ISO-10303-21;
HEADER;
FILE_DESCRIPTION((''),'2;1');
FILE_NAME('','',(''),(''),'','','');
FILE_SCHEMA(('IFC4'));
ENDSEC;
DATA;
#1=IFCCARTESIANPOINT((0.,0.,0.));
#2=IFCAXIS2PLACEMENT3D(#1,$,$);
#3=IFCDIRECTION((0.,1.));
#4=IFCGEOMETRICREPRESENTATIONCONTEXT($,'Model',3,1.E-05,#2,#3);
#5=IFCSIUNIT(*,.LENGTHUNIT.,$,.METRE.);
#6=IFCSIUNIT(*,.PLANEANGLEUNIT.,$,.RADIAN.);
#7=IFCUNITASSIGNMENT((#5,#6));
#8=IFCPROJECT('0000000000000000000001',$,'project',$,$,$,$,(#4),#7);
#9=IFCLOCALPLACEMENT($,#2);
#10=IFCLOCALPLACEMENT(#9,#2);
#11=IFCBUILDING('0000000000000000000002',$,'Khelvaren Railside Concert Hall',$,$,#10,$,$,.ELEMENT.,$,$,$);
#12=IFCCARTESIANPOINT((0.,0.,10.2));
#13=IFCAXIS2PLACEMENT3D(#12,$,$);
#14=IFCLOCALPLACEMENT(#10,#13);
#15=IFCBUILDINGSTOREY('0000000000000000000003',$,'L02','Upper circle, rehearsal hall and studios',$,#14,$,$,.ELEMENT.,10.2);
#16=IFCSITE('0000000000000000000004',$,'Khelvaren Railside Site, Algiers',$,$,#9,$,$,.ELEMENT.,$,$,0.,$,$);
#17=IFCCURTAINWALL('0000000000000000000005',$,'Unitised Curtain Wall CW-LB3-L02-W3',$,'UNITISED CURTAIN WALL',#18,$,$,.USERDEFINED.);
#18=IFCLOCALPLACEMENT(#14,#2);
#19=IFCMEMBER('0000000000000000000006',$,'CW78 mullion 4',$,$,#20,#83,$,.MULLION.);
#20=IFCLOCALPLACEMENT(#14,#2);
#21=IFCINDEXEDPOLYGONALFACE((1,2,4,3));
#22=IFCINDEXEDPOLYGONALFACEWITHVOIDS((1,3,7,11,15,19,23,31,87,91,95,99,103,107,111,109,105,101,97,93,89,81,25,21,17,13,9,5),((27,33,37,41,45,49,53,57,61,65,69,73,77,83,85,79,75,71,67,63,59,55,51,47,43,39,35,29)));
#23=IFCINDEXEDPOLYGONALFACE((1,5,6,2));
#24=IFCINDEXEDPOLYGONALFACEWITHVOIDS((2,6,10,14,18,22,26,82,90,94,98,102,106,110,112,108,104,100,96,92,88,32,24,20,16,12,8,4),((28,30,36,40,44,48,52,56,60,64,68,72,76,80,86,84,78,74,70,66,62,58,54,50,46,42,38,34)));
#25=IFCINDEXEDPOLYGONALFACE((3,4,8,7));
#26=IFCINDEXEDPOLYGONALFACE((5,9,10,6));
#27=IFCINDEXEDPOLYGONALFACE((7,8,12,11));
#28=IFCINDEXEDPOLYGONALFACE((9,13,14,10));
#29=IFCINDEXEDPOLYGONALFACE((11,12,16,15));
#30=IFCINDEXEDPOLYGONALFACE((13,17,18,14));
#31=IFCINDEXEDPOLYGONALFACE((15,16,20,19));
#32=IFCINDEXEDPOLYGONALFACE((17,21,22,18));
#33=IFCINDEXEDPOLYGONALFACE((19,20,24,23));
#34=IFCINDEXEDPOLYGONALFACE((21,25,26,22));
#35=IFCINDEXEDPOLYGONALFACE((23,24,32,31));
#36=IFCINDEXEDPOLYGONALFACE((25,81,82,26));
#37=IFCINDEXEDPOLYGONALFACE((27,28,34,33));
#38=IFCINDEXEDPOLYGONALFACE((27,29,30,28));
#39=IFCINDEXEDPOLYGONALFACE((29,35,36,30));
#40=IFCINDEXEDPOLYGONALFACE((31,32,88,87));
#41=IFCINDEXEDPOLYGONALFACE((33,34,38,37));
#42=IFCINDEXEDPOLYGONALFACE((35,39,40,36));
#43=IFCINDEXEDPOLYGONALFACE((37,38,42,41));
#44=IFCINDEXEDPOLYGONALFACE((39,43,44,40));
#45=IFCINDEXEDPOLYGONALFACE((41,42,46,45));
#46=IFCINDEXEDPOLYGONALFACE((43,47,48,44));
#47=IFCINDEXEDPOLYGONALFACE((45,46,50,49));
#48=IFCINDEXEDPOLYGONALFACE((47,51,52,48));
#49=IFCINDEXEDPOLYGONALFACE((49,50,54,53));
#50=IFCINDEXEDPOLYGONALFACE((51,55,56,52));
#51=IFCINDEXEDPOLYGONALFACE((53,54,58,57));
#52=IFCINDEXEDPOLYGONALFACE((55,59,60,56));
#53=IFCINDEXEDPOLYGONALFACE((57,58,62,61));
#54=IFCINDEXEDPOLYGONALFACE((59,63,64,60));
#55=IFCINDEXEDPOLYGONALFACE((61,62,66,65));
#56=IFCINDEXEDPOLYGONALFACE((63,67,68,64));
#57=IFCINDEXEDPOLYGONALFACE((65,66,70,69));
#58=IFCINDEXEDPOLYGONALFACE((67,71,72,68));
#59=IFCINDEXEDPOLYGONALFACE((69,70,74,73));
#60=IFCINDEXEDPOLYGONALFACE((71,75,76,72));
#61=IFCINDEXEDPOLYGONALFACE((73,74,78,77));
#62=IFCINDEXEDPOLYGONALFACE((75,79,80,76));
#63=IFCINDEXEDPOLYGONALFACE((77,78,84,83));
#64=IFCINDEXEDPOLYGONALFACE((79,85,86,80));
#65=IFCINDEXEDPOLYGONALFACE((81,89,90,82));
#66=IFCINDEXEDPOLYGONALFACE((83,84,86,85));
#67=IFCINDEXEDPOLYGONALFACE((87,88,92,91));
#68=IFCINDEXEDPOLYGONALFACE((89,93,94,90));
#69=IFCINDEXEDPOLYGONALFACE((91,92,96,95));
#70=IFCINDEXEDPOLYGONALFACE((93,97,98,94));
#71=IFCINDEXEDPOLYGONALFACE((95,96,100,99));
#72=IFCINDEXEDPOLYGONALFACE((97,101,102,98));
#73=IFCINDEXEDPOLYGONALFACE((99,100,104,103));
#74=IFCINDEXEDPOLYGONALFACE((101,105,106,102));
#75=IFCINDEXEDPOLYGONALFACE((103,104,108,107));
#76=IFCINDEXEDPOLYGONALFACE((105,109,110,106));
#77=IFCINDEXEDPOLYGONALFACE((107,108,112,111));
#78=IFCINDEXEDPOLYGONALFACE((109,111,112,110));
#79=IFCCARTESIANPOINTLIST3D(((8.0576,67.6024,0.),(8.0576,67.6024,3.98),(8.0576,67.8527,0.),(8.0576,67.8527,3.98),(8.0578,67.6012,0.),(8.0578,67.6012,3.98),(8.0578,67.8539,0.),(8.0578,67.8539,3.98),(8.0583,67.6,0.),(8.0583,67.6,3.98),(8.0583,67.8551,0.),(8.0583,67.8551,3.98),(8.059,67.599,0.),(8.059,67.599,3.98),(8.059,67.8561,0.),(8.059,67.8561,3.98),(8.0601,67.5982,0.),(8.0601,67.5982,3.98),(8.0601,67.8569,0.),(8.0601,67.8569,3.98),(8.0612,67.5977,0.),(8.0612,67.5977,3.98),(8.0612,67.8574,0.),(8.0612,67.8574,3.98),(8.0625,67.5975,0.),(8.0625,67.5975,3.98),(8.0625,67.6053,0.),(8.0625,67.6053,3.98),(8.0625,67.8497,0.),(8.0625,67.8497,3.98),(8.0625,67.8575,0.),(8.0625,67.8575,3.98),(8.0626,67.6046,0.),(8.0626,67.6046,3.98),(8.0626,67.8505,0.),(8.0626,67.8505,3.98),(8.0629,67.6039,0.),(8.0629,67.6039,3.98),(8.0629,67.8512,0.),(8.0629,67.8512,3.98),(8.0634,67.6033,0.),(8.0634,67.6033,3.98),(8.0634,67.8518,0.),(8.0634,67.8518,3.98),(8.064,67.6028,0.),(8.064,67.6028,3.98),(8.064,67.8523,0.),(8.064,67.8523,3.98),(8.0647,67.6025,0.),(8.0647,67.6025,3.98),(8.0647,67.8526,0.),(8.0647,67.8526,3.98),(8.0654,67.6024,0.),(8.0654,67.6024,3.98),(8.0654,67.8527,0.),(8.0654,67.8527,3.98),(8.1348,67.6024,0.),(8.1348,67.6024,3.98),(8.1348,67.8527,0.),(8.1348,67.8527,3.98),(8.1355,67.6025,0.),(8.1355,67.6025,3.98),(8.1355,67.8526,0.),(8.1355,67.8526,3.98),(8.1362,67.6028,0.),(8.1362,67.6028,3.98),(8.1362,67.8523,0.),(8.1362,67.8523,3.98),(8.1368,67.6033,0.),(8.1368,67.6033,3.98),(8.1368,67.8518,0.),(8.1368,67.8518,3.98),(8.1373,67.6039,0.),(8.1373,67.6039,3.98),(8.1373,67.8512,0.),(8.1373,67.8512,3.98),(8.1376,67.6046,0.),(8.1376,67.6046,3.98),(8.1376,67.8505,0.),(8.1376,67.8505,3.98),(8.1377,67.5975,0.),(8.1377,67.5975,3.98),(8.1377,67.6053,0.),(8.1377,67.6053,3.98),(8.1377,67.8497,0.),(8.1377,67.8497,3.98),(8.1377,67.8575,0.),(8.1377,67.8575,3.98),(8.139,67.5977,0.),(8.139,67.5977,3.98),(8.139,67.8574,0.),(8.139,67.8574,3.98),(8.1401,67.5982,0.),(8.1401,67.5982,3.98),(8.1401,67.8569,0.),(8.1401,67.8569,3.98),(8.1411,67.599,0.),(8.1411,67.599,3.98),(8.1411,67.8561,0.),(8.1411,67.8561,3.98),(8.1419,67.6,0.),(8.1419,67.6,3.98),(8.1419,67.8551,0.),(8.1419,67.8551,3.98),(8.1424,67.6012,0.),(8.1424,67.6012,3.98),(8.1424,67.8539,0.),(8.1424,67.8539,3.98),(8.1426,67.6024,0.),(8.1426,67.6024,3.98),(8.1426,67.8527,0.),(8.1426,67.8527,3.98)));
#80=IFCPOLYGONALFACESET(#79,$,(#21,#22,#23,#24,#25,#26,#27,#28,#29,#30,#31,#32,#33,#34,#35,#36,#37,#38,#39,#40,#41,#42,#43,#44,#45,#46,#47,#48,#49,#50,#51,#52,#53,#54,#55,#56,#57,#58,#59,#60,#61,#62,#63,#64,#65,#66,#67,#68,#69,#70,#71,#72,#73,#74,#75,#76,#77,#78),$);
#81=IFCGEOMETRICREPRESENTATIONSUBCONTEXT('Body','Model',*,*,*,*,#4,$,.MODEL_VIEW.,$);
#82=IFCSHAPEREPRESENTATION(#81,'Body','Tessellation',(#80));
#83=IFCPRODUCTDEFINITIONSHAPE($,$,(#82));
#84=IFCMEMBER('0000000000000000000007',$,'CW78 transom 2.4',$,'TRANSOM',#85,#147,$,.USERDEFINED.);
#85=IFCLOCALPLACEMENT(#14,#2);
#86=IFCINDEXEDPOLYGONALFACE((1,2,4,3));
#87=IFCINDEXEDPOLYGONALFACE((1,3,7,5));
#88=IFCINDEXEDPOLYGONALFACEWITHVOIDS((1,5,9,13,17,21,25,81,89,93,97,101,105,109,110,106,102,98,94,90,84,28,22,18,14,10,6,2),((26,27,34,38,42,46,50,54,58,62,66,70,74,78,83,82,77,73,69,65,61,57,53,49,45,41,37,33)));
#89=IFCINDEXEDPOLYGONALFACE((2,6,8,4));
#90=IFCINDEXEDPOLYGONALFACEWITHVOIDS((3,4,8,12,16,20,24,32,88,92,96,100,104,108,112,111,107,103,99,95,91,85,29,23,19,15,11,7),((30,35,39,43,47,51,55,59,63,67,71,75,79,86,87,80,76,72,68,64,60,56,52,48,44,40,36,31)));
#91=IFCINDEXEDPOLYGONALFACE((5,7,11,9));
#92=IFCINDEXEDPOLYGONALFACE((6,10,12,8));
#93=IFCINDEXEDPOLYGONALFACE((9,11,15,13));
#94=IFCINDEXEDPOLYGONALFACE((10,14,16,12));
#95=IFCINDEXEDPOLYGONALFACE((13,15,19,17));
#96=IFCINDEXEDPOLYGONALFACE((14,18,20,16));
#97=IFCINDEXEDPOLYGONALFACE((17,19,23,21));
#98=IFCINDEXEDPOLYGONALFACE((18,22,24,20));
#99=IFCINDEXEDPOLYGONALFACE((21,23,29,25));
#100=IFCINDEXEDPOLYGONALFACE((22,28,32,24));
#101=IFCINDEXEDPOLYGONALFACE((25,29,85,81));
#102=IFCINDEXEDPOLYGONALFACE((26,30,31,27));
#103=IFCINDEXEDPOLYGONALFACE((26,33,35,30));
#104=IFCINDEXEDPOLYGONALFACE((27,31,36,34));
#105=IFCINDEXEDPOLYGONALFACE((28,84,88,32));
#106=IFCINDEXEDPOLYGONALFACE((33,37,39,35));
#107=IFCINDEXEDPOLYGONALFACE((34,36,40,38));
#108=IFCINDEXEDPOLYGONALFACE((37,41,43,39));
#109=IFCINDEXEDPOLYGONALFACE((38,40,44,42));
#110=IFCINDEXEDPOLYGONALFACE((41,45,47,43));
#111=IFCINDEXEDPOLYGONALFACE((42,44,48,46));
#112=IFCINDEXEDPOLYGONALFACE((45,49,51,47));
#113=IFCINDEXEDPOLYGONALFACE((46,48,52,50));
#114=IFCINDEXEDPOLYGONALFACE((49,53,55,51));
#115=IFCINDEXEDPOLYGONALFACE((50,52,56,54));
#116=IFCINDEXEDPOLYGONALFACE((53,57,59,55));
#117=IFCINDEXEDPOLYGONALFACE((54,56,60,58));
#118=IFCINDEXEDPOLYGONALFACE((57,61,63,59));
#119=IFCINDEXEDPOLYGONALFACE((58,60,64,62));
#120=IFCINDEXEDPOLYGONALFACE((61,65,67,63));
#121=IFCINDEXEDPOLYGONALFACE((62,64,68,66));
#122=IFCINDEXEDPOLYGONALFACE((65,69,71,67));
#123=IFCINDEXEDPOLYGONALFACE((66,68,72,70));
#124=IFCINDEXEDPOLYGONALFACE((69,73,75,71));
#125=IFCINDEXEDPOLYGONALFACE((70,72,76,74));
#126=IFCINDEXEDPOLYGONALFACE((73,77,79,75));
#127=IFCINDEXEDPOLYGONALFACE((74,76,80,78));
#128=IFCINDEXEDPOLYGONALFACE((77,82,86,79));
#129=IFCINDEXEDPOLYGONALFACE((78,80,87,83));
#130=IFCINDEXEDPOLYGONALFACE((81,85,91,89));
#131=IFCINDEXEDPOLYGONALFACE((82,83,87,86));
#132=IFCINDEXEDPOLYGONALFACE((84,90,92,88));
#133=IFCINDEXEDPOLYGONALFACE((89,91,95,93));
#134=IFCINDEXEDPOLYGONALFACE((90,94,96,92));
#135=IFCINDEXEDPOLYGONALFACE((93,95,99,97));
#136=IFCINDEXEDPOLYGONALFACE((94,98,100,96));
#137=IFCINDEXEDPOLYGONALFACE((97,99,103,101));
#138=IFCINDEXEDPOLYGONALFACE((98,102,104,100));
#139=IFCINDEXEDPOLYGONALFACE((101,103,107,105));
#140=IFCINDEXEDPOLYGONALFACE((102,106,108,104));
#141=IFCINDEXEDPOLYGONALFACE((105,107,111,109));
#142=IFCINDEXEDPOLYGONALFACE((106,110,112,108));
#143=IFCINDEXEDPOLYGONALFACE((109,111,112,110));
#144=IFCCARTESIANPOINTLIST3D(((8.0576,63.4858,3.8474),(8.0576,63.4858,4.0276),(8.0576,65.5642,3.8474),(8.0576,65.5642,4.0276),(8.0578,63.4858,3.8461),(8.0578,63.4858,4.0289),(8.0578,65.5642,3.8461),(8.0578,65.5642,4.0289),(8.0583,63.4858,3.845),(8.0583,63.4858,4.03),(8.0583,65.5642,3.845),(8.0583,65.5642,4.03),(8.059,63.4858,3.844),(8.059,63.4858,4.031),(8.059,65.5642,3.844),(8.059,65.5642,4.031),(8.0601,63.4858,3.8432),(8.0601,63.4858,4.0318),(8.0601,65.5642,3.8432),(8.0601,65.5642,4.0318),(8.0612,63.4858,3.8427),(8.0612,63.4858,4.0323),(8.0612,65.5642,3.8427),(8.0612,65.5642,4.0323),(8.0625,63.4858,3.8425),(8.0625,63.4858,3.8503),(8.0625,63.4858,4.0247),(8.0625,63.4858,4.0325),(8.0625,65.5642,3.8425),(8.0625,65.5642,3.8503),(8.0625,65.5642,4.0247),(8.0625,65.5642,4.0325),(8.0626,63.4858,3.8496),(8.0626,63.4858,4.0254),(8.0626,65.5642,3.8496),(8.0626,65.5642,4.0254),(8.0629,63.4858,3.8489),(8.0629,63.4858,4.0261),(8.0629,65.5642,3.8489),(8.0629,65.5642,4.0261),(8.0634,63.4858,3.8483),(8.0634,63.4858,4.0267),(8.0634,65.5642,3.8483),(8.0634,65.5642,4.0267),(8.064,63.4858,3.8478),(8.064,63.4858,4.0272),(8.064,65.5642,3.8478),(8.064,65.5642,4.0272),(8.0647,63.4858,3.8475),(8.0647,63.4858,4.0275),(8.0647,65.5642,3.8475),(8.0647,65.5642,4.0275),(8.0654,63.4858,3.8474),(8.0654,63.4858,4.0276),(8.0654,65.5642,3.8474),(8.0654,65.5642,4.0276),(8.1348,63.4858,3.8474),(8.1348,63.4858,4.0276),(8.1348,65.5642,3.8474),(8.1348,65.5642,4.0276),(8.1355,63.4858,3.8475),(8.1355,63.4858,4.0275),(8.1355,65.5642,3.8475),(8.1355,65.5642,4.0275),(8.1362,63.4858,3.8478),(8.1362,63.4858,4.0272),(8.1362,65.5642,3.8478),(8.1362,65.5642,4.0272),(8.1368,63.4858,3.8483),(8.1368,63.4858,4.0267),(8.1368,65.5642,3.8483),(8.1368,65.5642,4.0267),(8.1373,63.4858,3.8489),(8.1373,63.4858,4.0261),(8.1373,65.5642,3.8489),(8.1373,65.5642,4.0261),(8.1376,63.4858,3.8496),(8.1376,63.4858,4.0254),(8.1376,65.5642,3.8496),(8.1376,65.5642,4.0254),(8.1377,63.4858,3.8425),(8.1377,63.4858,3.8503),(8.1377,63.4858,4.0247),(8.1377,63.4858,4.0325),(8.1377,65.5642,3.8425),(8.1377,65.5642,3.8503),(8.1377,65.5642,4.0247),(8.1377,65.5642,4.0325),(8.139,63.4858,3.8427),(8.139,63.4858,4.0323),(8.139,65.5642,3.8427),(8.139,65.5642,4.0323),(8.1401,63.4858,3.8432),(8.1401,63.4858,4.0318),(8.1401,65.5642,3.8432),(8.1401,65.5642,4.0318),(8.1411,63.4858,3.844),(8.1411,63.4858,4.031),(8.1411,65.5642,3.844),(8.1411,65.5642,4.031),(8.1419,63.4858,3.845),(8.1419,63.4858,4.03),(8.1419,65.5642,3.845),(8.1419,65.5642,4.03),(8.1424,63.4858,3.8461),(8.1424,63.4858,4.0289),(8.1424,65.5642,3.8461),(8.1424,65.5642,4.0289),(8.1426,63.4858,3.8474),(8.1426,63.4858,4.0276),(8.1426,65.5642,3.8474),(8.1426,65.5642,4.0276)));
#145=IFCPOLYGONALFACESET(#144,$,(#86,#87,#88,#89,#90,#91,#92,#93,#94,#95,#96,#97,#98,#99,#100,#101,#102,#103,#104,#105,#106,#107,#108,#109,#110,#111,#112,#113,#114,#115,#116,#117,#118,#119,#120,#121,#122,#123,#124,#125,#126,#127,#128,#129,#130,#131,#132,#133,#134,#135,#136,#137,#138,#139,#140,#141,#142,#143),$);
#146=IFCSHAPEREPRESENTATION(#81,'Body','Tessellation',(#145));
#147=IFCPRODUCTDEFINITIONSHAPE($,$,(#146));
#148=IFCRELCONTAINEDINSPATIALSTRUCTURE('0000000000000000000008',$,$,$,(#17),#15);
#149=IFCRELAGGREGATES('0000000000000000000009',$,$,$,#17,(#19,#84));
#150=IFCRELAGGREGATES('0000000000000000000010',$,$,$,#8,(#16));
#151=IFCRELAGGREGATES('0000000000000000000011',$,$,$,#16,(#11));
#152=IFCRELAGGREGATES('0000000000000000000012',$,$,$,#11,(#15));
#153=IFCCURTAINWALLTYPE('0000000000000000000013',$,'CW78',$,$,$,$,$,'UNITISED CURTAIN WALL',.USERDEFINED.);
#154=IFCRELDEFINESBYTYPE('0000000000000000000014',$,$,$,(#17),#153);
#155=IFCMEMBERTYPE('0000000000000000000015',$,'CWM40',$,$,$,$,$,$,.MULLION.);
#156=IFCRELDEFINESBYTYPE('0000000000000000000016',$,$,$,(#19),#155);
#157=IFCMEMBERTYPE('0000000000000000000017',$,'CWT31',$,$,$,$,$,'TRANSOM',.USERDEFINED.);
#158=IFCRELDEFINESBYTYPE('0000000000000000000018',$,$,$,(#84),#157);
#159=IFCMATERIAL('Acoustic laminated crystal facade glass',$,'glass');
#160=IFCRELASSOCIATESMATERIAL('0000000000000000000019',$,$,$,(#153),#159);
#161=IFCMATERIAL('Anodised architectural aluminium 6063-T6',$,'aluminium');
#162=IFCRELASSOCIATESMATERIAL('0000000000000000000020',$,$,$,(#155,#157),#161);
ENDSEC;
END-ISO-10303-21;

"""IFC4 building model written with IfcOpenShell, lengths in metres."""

from ifc_helpers import new_model, si_unit, direction, frame, origin, origin_2d, place, context, subcontext, project, spatial, hollow_rectangle, extrude, material, material_profile, profile_set, type_object, element, aggregate, save


model = new_model("IFC4")

# Units and contexts
model_context = context("Model", 3, precision=1e-05, world=origin(), true_north=direction((0.0, 1.0)))
body_context = subcontext(model_context, "Body", "Model", "MODEL_VIEW")
ifc_project = project(units=[si_unit("LENGTHUNIT", "METRE"), si_unit("PLANEANGLEUNIT", "RADIAN")], contexts=[model_context])

# Site, building, storey
site_placement = place(None, origin())
site = spatial("IfcSite", under=ifc_project, at=site_placement, Name="Khelvaren Railside Site, Algiers", CompositionType="ELEMENT", RefElevation=0.0)
building_placement = place(site_placement, origin())
building = spatial("IfcBuilding", under=site, at=building_placement, Name="Khelvaren Railside Concert Hall", CompositionType="ELEMENT")
storey_placement = place(building_placement, frame((0.0, 0.0, 10.2)))
storey = spatial("IfcBuildingStorey", under=building, at=storey_placement, Name="L02", Description="Upper circle, rehearsal hall and studios", CompositionType="ELEMENT", Elevation=10.2)

# Shared definitions
ifc_material_1 = material(Name="Anodised architectural aluminium 6063-T6", Category="aluminium")

# Curtain wall, members
ifc_material_2 = material(Name="Acoustic laminated crystal facade glass", Category="glass")
curtain_wall_type_1 = type_object("IfcCurtainWallType", Name="CW78", ElementType="UNITISED CURTAIN WALL", PredefinedType="USERDEFINED", material=ifc_material_2)
curtain_wall_1_placement = place(storey_placement, origin())
curtain_wall_1 = element("IfcCurtainWall", 1, at=curtain_wall_1_placement, inside=storey, type_object=curtain_wall_type_1, Name="Unitised Curtain Wall CW-LB3-L02-W3", ObjectType="UNITISED CURTAIN WALL", PredefinedType="USERDEFINED")
ifc_material_profile_1 = material_profile(ifc_material_1, hollow_rectangle(XDim=0.085, YDim=0.26, WallThickness=0.0049, InnerFilletRadius=0.0029, OuterFilletRadius=0.0049, at=origin_2d()), Name="CWM 85x260x5")
ifc_profile_set_1 = profile_set([ifc_material_profile_1], Name="Anodised architectural aluminium 6063-T6")
member_type_1 = type_object("IfcMemberType", Name="CWM40", PredefinedType="MULLION", material=ifc_profile_set_1)
member_1_placement = place(storey_placement, frame((8.1001, 67.7275, 0.0), z_axis=(0.0, 0.0, 1.0), x_axis=(-1.0, 0.0, 0.0)))
member_1 = element("IfcMember", 2, at=member_1_placement, type_object=member_type_1, Name="CW78 mullion 4", PredefinedType="MULLION", context=body_context, shape_type="SweptSolid", body=[
    extrude(hollow_rectangle(XDim=0.085, YDim=0.26, WallThickness=0.0049, InnerFilletRadius=0.0029, OuterFilletRadius=0.0049, at=origin_2d()), origin(), (0.0, 0.0, 1.0), 3.98),
])
ifc_material_profile_2 = material_profile(ifc_material_1, hollow_rectangle(XDim=0.085, YDim=0.1899, WallThickness=0.0049, InnerFilletRadius=0.0029, OuterFilletRadius=0.0049, at=origin_2d()), Name="CWT 85x190x5")
ifc_profile_set_2 = profile_set([ifc_material_profile_2], Name="Anodised architectural aluminium 6063-T6")
member_type_2 = type_object("IfcMemberType", Name="CWT31", ElementType="TRANSOM", PredefinedType="USERDEFINED", material=ifc_profile_set_2)
member_2_placement = place(storey_placement, frame((8.1001, 63.4858, 3.9375), z_axis=(0.0, 1.0, 0.0), x_axis=(-1.0, 0.0, 0.0)))
member_2 = element("IfcMember", 3, at=member_2_placement, type_object=member_type_2, Name="CW78 transom 2.4", ObjectType="TRANSOM", PredefinedType="USERDEFINED", context=body_context, shape_type="SweptSolid", body=[
    extrude(hollow_rectangle(XDim=0.085, YDim=0.1899, WallThickness=0.0049, InnerFilletRadius=0.0029, OuterFilletRadius=0.0049, at=origin_2d()), origin(), (0.0, 0.0, 1.0), 2.0784),
])

aggregate(curtain_wall_1, [member_1, member_2])

save(model, "model.ifc")
